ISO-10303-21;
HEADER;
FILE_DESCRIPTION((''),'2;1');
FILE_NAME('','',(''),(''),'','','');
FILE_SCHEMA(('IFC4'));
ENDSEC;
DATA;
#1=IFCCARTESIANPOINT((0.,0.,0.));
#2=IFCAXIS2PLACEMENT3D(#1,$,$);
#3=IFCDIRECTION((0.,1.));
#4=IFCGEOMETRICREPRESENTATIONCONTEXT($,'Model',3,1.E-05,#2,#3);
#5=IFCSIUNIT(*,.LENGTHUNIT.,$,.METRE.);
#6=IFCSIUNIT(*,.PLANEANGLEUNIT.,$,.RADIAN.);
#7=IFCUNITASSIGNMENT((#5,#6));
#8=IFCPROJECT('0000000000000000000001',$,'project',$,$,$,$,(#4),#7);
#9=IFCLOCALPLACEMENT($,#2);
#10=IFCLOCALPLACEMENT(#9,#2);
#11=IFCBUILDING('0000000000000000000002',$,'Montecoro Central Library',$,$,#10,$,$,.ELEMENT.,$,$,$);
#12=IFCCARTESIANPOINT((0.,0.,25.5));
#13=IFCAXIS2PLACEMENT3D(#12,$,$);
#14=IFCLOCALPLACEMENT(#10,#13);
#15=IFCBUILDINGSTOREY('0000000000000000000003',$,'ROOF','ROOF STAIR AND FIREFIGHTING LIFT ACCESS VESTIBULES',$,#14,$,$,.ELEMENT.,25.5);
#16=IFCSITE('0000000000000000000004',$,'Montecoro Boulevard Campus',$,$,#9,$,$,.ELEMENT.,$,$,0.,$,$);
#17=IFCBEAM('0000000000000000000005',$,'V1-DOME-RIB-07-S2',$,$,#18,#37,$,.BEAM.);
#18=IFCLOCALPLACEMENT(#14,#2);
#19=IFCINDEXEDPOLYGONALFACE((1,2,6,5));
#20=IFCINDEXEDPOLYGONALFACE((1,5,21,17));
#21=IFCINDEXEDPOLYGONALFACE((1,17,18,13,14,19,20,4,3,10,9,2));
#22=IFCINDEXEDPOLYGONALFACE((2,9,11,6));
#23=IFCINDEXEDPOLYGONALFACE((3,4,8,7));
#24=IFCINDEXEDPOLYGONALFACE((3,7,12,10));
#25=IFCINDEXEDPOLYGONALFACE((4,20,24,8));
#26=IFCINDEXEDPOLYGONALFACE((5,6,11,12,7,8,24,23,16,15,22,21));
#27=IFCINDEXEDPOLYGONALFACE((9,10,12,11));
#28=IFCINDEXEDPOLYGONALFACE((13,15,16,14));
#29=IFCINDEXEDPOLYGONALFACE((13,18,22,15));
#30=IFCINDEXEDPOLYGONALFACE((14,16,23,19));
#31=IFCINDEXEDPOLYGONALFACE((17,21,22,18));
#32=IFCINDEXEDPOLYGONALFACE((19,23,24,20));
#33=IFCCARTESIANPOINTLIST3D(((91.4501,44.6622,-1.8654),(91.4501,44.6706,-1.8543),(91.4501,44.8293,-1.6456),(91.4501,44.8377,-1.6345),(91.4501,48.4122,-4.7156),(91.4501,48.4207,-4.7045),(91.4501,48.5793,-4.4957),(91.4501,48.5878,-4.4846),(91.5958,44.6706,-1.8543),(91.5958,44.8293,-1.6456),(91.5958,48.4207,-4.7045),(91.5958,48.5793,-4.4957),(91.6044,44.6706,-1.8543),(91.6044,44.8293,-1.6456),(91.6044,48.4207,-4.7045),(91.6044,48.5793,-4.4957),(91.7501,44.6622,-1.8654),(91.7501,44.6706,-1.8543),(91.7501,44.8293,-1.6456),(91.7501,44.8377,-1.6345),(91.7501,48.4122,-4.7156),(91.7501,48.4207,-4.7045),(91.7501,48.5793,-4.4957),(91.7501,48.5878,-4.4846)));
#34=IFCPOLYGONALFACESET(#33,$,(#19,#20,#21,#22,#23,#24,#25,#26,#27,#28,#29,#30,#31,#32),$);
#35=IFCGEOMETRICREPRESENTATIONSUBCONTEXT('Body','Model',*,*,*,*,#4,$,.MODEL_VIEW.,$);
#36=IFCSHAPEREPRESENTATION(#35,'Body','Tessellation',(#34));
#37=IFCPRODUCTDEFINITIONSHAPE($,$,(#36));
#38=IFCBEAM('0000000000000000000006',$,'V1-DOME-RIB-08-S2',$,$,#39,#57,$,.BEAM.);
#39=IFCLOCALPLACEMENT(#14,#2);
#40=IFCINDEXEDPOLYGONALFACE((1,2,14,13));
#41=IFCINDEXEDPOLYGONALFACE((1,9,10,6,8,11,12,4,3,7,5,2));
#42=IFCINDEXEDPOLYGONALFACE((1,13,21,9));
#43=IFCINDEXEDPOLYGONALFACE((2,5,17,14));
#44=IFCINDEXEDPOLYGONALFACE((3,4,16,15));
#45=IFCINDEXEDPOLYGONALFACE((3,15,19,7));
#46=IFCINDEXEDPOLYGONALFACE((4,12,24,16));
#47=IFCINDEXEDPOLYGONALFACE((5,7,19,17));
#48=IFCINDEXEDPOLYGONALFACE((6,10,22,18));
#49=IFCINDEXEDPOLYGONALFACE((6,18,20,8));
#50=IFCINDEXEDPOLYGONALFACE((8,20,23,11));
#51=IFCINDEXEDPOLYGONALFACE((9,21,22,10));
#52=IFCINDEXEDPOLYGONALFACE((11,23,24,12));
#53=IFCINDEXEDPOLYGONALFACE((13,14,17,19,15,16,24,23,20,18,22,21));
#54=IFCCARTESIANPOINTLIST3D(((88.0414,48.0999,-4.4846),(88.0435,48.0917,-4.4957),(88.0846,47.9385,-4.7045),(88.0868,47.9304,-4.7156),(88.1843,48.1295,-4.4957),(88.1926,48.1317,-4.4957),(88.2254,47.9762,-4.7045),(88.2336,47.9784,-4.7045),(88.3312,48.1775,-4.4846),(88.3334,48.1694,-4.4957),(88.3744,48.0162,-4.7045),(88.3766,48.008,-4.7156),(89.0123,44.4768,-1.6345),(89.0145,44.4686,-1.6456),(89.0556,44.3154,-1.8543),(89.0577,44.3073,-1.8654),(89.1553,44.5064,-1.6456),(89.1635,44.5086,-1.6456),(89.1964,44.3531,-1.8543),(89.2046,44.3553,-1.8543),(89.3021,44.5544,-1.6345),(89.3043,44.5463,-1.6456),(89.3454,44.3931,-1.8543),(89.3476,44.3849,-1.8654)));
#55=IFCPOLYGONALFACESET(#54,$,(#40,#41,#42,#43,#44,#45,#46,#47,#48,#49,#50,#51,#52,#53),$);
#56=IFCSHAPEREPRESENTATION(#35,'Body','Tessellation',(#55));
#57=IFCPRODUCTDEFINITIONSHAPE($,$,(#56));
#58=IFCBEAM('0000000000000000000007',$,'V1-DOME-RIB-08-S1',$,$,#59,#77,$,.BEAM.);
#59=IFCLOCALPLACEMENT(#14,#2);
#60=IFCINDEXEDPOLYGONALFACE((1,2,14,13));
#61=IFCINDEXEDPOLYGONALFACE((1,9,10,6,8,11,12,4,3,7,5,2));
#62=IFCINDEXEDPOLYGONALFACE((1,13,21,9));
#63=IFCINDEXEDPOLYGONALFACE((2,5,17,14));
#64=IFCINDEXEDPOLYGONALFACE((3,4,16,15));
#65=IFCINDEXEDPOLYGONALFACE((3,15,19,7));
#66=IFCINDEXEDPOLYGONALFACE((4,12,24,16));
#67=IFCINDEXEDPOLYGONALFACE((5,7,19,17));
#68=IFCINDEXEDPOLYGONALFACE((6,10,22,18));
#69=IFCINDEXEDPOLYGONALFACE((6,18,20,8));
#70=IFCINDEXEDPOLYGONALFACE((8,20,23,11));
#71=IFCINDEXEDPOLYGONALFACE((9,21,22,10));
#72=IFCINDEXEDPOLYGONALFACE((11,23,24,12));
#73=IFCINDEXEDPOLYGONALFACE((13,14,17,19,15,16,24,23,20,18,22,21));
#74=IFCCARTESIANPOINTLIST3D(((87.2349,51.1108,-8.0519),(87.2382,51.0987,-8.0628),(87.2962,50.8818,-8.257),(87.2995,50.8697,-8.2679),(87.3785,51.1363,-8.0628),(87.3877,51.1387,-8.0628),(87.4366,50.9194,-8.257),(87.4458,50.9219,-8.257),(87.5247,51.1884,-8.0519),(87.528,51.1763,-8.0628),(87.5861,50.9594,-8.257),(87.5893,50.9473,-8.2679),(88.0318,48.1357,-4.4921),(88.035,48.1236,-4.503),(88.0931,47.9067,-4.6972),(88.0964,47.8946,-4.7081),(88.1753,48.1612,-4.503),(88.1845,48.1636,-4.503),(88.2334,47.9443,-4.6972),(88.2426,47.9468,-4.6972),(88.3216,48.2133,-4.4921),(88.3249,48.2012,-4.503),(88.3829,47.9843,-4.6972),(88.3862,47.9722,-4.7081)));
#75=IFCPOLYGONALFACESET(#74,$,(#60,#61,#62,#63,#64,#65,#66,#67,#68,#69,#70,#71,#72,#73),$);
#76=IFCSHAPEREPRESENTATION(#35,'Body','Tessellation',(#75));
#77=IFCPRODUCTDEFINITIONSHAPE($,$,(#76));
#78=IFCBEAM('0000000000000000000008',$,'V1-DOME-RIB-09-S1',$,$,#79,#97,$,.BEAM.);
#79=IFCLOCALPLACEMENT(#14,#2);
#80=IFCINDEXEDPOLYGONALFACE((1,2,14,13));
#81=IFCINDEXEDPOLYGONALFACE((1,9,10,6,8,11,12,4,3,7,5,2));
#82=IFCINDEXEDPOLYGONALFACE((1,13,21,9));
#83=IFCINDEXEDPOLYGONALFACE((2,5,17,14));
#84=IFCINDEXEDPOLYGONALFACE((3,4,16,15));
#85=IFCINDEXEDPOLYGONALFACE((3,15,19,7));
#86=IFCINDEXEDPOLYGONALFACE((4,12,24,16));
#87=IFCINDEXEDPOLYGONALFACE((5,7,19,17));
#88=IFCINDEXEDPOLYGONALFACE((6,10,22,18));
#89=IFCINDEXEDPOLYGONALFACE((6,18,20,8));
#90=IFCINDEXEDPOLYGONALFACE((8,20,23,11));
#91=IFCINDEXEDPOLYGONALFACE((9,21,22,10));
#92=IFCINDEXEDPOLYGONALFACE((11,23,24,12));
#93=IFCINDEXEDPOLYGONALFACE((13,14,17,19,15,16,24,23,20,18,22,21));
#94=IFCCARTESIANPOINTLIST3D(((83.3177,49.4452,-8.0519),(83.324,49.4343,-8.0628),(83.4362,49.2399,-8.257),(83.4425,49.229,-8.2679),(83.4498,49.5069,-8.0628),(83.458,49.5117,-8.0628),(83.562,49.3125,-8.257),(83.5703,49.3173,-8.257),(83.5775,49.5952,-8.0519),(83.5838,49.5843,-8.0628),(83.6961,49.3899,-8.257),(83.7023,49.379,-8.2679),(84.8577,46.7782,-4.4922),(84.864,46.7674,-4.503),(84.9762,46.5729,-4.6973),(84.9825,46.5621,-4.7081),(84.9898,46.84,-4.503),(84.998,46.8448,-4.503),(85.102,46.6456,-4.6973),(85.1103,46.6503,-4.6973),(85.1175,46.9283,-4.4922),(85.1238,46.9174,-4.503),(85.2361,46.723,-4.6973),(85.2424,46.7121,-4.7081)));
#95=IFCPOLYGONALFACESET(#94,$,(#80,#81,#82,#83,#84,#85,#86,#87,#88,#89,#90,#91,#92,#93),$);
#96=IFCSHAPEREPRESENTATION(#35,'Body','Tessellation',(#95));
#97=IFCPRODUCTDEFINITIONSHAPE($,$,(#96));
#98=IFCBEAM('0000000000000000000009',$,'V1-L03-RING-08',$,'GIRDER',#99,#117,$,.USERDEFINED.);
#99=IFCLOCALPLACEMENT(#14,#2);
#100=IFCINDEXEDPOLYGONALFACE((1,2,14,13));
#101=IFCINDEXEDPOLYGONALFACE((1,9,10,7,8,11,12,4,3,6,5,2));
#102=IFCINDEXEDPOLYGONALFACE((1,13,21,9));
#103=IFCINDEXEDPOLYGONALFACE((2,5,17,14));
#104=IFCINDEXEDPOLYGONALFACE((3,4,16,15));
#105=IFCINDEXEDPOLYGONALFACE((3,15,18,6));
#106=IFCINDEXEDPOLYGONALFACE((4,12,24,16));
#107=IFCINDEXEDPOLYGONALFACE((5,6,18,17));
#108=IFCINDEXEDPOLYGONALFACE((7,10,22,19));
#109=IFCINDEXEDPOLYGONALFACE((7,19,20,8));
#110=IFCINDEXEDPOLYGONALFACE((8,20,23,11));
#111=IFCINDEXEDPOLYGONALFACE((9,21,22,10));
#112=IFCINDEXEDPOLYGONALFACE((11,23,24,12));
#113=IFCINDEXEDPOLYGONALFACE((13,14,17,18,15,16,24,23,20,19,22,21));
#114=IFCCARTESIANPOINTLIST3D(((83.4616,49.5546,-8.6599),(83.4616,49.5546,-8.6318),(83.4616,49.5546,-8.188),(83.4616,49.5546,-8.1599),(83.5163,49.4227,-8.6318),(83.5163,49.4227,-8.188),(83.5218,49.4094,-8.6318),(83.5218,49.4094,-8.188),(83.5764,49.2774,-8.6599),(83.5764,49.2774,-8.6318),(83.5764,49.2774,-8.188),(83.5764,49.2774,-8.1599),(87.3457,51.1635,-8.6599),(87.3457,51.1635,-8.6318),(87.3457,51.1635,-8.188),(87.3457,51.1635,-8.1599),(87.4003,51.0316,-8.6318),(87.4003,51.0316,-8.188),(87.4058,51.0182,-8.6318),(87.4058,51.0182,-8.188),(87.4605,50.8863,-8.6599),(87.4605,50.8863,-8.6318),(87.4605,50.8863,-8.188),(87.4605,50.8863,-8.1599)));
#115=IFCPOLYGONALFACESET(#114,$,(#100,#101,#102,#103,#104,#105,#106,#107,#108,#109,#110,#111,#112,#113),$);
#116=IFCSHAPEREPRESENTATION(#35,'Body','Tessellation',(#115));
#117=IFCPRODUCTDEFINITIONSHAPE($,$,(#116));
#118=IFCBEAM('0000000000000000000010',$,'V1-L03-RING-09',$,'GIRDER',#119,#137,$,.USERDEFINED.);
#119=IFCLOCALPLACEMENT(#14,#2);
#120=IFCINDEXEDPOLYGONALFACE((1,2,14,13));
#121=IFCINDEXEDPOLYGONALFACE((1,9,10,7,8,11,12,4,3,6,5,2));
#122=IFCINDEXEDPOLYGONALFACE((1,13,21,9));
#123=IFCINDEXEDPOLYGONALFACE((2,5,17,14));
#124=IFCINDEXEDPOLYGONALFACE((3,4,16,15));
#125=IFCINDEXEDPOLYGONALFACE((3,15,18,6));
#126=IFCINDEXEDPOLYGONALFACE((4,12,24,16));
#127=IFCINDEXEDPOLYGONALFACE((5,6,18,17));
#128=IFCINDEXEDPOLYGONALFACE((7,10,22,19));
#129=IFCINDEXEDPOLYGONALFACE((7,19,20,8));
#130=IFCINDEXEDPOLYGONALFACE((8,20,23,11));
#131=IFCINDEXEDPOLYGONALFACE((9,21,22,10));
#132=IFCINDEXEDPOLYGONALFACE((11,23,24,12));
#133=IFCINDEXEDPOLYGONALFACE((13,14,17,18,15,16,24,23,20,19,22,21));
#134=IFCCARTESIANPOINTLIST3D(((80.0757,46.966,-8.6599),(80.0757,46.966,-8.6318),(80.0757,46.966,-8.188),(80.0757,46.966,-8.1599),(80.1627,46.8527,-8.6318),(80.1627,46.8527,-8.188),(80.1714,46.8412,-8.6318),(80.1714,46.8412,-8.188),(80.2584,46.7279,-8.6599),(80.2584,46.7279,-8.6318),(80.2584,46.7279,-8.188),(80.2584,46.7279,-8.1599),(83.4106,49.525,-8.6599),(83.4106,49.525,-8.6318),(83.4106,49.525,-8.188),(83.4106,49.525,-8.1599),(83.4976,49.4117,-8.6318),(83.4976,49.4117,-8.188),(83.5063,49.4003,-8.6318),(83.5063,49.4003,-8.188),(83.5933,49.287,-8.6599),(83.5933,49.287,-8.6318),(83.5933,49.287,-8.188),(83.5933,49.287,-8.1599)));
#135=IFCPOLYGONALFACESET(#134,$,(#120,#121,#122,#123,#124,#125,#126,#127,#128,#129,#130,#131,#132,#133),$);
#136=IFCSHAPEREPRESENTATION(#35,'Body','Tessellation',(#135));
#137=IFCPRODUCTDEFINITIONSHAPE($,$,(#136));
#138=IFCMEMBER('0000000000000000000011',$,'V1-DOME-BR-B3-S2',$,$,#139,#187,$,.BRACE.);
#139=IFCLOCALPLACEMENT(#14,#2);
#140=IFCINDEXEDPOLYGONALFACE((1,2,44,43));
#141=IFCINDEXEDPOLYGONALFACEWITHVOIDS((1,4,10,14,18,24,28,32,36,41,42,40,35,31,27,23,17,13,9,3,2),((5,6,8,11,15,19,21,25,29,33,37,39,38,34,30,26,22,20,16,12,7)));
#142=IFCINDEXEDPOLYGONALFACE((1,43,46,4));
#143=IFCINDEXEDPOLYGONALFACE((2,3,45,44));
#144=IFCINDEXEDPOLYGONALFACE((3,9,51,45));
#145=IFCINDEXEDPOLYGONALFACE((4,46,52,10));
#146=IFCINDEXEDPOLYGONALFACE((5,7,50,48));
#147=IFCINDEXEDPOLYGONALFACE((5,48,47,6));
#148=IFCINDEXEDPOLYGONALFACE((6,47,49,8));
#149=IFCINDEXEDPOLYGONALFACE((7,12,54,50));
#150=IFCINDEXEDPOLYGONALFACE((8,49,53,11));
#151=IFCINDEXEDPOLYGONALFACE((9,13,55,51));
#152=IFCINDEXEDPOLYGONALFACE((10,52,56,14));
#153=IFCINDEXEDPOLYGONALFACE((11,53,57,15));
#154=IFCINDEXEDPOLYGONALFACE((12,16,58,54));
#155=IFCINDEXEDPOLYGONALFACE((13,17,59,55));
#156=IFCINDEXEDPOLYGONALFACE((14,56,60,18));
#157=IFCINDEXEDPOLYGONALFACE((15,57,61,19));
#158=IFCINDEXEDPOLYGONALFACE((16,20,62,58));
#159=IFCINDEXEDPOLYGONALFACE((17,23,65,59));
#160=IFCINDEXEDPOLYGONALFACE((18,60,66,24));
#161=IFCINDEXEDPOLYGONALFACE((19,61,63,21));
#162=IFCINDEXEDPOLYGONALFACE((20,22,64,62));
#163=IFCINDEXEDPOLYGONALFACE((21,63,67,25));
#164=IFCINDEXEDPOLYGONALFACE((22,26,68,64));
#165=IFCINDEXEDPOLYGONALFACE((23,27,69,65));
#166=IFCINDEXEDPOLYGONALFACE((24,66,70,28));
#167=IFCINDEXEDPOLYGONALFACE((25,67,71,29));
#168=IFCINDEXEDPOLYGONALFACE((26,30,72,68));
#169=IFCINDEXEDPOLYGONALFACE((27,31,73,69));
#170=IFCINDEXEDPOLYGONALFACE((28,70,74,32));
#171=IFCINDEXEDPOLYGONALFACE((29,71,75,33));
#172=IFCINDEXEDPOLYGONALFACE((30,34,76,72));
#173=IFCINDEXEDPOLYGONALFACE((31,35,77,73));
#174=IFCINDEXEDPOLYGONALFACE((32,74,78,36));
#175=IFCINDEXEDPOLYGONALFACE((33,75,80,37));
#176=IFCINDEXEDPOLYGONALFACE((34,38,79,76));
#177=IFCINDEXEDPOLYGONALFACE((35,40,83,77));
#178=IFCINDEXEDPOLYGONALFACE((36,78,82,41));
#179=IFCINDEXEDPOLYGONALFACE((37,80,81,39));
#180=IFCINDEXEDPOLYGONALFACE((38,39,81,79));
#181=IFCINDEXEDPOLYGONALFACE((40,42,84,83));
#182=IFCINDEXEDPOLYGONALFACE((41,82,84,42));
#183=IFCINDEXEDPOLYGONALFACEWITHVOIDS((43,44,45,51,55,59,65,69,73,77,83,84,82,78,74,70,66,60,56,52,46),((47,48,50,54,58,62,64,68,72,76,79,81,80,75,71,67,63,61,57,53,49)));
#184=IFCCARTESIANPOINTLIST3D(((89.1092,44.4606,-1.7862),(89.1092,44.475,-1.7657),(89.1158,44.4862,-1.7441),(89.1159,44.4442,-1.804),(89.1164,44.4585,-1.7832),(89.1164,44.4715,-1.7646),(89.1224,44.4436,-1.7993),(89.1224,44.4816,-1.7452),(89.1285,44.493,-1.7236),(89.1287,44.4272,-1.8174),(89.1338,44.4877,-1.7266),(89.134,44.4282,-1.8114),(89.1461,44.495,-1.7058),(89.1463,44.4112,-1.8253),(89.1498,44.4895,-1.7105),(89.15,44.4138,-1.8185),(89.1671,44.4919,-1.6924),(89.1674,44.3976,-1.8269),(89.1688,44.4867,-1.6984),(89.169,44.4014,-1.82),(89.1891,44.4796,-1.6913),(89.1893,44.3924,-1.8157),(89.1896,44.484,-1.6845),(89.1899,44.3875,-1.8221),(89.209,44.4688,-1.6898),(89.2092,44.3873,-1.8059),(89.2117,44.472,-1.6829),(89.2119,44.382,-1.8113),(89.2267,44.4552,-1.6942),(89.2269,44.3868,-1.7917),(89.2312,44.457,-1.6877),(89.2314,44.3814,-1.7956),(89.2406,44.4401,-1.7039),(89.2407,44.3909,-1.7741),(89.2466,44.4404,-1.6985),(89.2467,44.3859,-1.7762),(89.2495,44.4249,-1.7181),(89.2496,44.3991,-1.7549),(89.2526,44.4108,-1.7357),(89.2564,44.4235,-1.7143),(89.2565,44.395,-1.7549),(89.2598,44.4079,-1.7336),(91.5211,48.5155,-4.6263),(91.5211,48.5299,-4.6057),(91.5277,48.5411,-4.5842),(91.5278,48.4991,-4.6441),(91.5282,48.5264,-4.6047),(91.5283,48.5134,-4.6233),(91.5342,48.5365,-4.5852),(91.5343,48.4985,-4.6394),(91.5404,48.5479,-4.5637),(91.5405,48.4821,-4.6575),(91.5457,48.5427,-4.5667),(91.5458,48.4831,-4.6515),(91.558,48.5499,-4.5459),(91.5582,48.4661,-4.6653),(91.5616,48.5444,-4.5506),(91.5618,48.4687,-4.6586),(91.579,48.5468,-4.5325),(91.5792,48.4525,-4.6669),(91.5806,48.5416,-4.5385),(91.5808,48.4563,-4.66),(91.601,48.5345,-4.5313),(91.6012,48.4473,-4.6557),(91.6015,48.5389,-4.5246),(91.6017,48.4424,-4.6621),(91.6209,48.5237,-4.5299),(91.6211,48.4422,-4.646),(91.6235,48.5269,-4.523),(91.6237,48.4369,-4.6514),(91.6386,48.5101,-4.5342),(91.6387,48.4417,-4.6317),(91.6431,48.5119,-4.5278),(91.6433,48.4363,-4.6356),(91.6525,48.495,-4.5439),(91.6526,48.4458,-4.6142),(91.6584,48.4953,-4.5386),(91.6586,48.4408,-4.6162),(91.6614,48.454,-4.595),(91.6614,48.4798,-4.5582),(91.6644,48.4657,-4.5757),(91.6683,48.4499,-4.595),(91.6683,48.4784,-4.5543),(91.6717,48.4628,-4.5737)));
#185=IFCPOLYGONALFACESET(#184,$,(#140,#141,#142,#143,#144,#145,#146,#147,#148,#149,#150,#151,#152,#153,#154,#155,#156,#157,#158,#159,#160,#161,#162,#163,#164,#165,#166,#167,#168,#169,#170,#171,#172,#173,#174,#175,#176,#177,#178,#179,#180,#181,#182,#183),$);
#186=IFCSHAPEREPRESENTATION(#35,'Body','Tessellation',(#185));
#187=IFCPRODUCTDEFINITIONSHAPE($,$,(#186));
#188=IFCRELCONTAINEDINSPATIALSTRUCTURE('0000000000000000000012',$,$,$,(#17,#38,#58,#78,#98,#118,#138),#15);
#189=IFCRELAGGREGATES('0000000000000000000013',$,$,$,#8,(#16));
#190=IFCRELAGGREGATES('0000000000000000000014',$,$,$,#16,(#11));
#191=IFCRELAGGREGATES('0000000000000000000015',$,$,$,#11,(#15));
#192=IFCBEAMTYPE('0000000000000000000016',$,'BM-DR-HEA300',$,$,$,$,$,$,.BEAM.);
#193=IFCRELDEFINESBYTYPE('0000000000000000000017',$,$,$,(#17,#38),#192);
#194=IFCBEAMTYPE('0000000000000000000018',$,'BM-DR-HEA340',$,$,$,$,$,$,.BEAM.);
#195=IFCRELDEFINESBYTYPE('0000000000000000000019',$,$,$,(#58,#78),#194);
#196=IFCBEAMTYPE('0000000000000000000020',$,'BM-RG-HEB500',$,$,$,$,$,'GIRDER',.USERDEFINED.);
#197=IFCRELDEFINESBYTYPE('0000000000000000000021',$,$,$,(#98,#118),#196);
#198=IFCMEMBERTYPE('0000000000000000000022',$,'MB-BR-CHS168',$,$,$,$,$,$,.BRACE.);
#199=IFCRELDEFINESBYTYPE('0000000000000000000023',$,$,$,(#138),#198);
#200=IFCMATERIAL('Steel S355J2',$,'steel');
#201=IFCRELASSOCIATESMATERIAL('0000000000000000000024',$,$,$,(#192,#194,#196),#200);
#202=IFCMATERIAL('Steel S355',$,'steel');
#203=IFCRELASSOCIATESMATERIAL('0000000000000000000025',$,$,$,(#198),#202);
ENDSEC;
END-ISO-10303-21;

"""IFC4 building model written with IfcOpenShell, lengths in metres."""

from ifc_helpers import new_model, si_unit, direction, frame, origin, origin_2d, place, context, subcontext, project, spatial, hollow_circle, i_section, extrude, material, material_profile, profile_set, type_object, element, save


model = new_model("IFC4")

# Units and contexts
model_context = context("Model", 3, precision=1e-05, world=origin(), true_north=direction((0.0, 1.0)))
body_context = subcontext(model_context, "Body", "Model", "MODEL_VIEW")
ifc_project = project(units=[si_unit("LENGTHUNIT", "METRE"), si_unit("PLANEANGLEUNIT", "RADIAN")], contexts=[model_context])

# Site, building, storey
site_placement = place(None, origin())
site = spatial("IfcSite", under=ifc_project, at=site_placement, Name="Montecoro Boulevard Campus", CompositionType="ELEMENT", RefElevation=0.0)
building_placement = place(site_placement, origin())
building = spatial("IfcBuilding", under=site, at=building_placement, Name="Montecoro Central Library", CompositionType="ELEMENT")
storey_placement = place(building_placement, frame((0.0, 0.0, 25.5)))
storey = spatial("IfcBuildingStorey", under=building, at=storey_placement, Name="ROOF", Description="ROOF STAIR AND FIREFIGHTING LIFT ACCESS VESTIBULES", CompositionType="ELEMENT", Elevation=25.5)

# Beams
ifc_material_1 = material(Name="Steel S355J2", Category="steel")
ifc_material_profile_1 = material_profile(ifc_material_1, i_section(OverallWidth=0.3, OverallDepth=0.29, WebThickness=0.0085, FlangeThickness=0.0139, at=origin_2d()), Name="HEA 300")
ifc_profile_set_1 = profile_set([ifc_material_profile_1], Name="Steel S355J2")
beam_type_1 = type_object("IfcBeamType", Name="BM-DR-HEA300", PredefinedType="BEAM", material=ifc_profile_set_1)
beam_1_placement = place(storey_placement, frame((91.6001, 48.5, -4.6001), z_axis=(0.0, -0.796152, 0.605096), x_axis=(1.0, 0.0, 0.0)))
element("IfcBeam", 1, at=beam_1_placement, inside=storey, type_object=beam_type_1, Name="V1-DOME-RIB-07-S2", PredefinedType="BEAM", context=body_context, shape_type="SweptSolid", body=[
    extrude(i_section(OverallWidth=0.3, OverallDepth=0.29, WebThickness=0.0085, FlangeThickness=0.0139, at=origin_2d()), origin(), (0.0, 0.0, 1.0), 4.7102),
])
beam_2_placement = place(storey_placement, frame((88.209, 48.054, -4.6001), z_axis=(0.206108, -0.769083, 0.605005), x_axis=(0.965916, 0.258858, 0.0)))
element("IfcBeam", 2, at=beam_2_placement, inside=storey, type_object=beam_type_1, Name="V1-DOME-RIB-08-S2", PredefinedType="BEAM", context=body_context, shape_type="SweptSolid", body=[
    extrude(i_section(OverallWidth=0.3, OverallDepth=0.29, WebThickness=0.0085, FlangeThickness=0.0139, at=origin_2d()), origin(), (0.0, 0.0, 1.0), 4.7109),
])
ifc_material_profile_2 = material_profile(ifc_material_1, i_section(OverallWidth=0.3, OverallDepth=0.3301, WebThickness=0.0095, FlangeThickness=0.0166, at=origin_2d()), Name="HEA 340")
ifc_profile_set_2 = profile_set([ifc_material_profile_2], Name="Steel S355J2")
beam_type_2 = type_object("IfcBeamType", Name="BM-DR-HEA340", PredefinedType="BEAM", material=ifc_profile_set_2)
beam_3_placement = place(storey_placement, frame((87.4121, 51.0291, -8.1599), z_axis=(0.169286, -0.63202, 0.756236), x_axis=(0.96595, 0.258728, 0.0)))
element("IfcBeam", 3, at=beam_3_placement, inside=storey, type_object=beam_type_2, Name="V1-DOME-RIB-08-S1", PredefinedType="BEAM", context=body_context, shape_type="SweptSolid", body=[
    extrude(i_section(OverallWidth=0.3, OverallDepth=0.3301, WebThickness=0.0095, FlangeThickness=0.0166, at=origin_2d()), origin(), (0.0, 0.0, 1.0), 4.7073),
])
beam_4_placement = place(storey_placement, frame((83.51, 49.4121, -8.1599), z_axis=(0.327173, -0.566589, 0.756264), x_axis=(0.86599, 0.500061, 0.0)))
element("IfcBeam", 4, at=beam_4_placement, inside=storey, type_object=beam_type_2, Name="V1-DOME-RIB-09-S1", PredefinedType="BEAM", context=body_context, shape_type="SweptSolid", body=[
    extrude(i_section(OverallWidth=0.3, OverallDepth=0.3301, WebThickness=0.0095, FlangeThickness=0.0166, at=origin_2d()), origin(), (0.0, 0.0, 1.0), 4.707),
])
ifc_material_profile_3 = material_profile(ifc_material_1, i_section(OverallWidth=0.3, OverallDepth=0.5, WebThickness=0.0144, FlangeThickness=0.0281, at=origin_2d()), Name="HEB 500")
ifc_profile_set_3 = profile_set([ifc_material_profile_3], Name="Steel S355J2")
beam_type_3 = type_object("IfcBeamType", Name="BM-RG-HEB500", ElementType="GIRDER", PredefinedType="USERDEFINED", material=ifc_profile_set_3)
beam_5_placement = place(storey_placement, frame((87.4031, 51.0249, -8.4099), z_axis=(-0.923874, -0.382697, 0.0), x_axis=(0.382697, -0.923874, 0.0)))
element("IfcBeam", 5, at=beam_5_placement, inside=storey, type_object=beam_type_3, Name="V1-L03-RING-08", ObjectType="GIRDER", PredefinedType="USERDEFINED", context=body_context, shape_type="SweptSolid", body=[
    extrude(i_section(OverallWidth=0.3, OverallDepth=0.5, WebThickness=0.0144, FlangeThickness=0.0281, at=origin_2d()), origin(), (0.0, 0.0, 1.0), 4.2041),
])
beam_6_placement = place(storey_placement, frame((83.502, 49.406, -8.4099), z_axis=(-0.793345, -0.608773, 0.0), x_axis=(0.608773, -0.793345, 0.0)))
element("IfcBeam", 6, at=beam_6_placement, inside=storey, type_object=beam_type_3, Name="V1-L03-RING-09", ObjectType="GIRDER", PredefinedType="USERDEFINED", context=body_context, shape_type="SweptSolid", body=[
    extrude(i_section(OverallWidth=0.3, OverallDepth=0.5, WebThickness=0.0144, FlangeThickness=0.0281, at=origin_2d()), origin(), (0.0, 0.0, 1.0), 4.2036),
])

# Member
ifc_material_2 = material(Name="Steel S355", Category="steel")
ifc_material_profile_4 = material_profile(ifc_material_2, hollow_circle(Radius=0.0842, WallThickness=0.0081, at=origin_2d()), Name="CHS 168.3x8.0")
ifc_profile_set_4 = profile_set([ifc_material_profile_4], Name="Steel S355")
member_type_1 = type_object("IfcMemberType", Name="MB-BR-CHS168", PredefinedType="BRACE", material=ifc_profile_set_4)
member_1_placement = place(storey_placement, frame((91.5959, 48.4929, -4.595), z_axis=(-0.437974, -0.73634, 0.515735), x_axis=(0.859459, -0.511205, 0.0)))
element("IfcMember", 7, at=member_1_placement, inside=storey, type_object=member_type_1, Name="V1-DOME-BR-B3-S2", PredefinedType="BRACE", context=body_context, shape_type="SweptSolid", body=[
    extrude(hollow_circle(Radius=0.0842, WallThickness=0.0081, at=origin_2d()), origin(), (0.0, 0.0, 1.0), 5.5068),
])

save(model, "model.ifc")
